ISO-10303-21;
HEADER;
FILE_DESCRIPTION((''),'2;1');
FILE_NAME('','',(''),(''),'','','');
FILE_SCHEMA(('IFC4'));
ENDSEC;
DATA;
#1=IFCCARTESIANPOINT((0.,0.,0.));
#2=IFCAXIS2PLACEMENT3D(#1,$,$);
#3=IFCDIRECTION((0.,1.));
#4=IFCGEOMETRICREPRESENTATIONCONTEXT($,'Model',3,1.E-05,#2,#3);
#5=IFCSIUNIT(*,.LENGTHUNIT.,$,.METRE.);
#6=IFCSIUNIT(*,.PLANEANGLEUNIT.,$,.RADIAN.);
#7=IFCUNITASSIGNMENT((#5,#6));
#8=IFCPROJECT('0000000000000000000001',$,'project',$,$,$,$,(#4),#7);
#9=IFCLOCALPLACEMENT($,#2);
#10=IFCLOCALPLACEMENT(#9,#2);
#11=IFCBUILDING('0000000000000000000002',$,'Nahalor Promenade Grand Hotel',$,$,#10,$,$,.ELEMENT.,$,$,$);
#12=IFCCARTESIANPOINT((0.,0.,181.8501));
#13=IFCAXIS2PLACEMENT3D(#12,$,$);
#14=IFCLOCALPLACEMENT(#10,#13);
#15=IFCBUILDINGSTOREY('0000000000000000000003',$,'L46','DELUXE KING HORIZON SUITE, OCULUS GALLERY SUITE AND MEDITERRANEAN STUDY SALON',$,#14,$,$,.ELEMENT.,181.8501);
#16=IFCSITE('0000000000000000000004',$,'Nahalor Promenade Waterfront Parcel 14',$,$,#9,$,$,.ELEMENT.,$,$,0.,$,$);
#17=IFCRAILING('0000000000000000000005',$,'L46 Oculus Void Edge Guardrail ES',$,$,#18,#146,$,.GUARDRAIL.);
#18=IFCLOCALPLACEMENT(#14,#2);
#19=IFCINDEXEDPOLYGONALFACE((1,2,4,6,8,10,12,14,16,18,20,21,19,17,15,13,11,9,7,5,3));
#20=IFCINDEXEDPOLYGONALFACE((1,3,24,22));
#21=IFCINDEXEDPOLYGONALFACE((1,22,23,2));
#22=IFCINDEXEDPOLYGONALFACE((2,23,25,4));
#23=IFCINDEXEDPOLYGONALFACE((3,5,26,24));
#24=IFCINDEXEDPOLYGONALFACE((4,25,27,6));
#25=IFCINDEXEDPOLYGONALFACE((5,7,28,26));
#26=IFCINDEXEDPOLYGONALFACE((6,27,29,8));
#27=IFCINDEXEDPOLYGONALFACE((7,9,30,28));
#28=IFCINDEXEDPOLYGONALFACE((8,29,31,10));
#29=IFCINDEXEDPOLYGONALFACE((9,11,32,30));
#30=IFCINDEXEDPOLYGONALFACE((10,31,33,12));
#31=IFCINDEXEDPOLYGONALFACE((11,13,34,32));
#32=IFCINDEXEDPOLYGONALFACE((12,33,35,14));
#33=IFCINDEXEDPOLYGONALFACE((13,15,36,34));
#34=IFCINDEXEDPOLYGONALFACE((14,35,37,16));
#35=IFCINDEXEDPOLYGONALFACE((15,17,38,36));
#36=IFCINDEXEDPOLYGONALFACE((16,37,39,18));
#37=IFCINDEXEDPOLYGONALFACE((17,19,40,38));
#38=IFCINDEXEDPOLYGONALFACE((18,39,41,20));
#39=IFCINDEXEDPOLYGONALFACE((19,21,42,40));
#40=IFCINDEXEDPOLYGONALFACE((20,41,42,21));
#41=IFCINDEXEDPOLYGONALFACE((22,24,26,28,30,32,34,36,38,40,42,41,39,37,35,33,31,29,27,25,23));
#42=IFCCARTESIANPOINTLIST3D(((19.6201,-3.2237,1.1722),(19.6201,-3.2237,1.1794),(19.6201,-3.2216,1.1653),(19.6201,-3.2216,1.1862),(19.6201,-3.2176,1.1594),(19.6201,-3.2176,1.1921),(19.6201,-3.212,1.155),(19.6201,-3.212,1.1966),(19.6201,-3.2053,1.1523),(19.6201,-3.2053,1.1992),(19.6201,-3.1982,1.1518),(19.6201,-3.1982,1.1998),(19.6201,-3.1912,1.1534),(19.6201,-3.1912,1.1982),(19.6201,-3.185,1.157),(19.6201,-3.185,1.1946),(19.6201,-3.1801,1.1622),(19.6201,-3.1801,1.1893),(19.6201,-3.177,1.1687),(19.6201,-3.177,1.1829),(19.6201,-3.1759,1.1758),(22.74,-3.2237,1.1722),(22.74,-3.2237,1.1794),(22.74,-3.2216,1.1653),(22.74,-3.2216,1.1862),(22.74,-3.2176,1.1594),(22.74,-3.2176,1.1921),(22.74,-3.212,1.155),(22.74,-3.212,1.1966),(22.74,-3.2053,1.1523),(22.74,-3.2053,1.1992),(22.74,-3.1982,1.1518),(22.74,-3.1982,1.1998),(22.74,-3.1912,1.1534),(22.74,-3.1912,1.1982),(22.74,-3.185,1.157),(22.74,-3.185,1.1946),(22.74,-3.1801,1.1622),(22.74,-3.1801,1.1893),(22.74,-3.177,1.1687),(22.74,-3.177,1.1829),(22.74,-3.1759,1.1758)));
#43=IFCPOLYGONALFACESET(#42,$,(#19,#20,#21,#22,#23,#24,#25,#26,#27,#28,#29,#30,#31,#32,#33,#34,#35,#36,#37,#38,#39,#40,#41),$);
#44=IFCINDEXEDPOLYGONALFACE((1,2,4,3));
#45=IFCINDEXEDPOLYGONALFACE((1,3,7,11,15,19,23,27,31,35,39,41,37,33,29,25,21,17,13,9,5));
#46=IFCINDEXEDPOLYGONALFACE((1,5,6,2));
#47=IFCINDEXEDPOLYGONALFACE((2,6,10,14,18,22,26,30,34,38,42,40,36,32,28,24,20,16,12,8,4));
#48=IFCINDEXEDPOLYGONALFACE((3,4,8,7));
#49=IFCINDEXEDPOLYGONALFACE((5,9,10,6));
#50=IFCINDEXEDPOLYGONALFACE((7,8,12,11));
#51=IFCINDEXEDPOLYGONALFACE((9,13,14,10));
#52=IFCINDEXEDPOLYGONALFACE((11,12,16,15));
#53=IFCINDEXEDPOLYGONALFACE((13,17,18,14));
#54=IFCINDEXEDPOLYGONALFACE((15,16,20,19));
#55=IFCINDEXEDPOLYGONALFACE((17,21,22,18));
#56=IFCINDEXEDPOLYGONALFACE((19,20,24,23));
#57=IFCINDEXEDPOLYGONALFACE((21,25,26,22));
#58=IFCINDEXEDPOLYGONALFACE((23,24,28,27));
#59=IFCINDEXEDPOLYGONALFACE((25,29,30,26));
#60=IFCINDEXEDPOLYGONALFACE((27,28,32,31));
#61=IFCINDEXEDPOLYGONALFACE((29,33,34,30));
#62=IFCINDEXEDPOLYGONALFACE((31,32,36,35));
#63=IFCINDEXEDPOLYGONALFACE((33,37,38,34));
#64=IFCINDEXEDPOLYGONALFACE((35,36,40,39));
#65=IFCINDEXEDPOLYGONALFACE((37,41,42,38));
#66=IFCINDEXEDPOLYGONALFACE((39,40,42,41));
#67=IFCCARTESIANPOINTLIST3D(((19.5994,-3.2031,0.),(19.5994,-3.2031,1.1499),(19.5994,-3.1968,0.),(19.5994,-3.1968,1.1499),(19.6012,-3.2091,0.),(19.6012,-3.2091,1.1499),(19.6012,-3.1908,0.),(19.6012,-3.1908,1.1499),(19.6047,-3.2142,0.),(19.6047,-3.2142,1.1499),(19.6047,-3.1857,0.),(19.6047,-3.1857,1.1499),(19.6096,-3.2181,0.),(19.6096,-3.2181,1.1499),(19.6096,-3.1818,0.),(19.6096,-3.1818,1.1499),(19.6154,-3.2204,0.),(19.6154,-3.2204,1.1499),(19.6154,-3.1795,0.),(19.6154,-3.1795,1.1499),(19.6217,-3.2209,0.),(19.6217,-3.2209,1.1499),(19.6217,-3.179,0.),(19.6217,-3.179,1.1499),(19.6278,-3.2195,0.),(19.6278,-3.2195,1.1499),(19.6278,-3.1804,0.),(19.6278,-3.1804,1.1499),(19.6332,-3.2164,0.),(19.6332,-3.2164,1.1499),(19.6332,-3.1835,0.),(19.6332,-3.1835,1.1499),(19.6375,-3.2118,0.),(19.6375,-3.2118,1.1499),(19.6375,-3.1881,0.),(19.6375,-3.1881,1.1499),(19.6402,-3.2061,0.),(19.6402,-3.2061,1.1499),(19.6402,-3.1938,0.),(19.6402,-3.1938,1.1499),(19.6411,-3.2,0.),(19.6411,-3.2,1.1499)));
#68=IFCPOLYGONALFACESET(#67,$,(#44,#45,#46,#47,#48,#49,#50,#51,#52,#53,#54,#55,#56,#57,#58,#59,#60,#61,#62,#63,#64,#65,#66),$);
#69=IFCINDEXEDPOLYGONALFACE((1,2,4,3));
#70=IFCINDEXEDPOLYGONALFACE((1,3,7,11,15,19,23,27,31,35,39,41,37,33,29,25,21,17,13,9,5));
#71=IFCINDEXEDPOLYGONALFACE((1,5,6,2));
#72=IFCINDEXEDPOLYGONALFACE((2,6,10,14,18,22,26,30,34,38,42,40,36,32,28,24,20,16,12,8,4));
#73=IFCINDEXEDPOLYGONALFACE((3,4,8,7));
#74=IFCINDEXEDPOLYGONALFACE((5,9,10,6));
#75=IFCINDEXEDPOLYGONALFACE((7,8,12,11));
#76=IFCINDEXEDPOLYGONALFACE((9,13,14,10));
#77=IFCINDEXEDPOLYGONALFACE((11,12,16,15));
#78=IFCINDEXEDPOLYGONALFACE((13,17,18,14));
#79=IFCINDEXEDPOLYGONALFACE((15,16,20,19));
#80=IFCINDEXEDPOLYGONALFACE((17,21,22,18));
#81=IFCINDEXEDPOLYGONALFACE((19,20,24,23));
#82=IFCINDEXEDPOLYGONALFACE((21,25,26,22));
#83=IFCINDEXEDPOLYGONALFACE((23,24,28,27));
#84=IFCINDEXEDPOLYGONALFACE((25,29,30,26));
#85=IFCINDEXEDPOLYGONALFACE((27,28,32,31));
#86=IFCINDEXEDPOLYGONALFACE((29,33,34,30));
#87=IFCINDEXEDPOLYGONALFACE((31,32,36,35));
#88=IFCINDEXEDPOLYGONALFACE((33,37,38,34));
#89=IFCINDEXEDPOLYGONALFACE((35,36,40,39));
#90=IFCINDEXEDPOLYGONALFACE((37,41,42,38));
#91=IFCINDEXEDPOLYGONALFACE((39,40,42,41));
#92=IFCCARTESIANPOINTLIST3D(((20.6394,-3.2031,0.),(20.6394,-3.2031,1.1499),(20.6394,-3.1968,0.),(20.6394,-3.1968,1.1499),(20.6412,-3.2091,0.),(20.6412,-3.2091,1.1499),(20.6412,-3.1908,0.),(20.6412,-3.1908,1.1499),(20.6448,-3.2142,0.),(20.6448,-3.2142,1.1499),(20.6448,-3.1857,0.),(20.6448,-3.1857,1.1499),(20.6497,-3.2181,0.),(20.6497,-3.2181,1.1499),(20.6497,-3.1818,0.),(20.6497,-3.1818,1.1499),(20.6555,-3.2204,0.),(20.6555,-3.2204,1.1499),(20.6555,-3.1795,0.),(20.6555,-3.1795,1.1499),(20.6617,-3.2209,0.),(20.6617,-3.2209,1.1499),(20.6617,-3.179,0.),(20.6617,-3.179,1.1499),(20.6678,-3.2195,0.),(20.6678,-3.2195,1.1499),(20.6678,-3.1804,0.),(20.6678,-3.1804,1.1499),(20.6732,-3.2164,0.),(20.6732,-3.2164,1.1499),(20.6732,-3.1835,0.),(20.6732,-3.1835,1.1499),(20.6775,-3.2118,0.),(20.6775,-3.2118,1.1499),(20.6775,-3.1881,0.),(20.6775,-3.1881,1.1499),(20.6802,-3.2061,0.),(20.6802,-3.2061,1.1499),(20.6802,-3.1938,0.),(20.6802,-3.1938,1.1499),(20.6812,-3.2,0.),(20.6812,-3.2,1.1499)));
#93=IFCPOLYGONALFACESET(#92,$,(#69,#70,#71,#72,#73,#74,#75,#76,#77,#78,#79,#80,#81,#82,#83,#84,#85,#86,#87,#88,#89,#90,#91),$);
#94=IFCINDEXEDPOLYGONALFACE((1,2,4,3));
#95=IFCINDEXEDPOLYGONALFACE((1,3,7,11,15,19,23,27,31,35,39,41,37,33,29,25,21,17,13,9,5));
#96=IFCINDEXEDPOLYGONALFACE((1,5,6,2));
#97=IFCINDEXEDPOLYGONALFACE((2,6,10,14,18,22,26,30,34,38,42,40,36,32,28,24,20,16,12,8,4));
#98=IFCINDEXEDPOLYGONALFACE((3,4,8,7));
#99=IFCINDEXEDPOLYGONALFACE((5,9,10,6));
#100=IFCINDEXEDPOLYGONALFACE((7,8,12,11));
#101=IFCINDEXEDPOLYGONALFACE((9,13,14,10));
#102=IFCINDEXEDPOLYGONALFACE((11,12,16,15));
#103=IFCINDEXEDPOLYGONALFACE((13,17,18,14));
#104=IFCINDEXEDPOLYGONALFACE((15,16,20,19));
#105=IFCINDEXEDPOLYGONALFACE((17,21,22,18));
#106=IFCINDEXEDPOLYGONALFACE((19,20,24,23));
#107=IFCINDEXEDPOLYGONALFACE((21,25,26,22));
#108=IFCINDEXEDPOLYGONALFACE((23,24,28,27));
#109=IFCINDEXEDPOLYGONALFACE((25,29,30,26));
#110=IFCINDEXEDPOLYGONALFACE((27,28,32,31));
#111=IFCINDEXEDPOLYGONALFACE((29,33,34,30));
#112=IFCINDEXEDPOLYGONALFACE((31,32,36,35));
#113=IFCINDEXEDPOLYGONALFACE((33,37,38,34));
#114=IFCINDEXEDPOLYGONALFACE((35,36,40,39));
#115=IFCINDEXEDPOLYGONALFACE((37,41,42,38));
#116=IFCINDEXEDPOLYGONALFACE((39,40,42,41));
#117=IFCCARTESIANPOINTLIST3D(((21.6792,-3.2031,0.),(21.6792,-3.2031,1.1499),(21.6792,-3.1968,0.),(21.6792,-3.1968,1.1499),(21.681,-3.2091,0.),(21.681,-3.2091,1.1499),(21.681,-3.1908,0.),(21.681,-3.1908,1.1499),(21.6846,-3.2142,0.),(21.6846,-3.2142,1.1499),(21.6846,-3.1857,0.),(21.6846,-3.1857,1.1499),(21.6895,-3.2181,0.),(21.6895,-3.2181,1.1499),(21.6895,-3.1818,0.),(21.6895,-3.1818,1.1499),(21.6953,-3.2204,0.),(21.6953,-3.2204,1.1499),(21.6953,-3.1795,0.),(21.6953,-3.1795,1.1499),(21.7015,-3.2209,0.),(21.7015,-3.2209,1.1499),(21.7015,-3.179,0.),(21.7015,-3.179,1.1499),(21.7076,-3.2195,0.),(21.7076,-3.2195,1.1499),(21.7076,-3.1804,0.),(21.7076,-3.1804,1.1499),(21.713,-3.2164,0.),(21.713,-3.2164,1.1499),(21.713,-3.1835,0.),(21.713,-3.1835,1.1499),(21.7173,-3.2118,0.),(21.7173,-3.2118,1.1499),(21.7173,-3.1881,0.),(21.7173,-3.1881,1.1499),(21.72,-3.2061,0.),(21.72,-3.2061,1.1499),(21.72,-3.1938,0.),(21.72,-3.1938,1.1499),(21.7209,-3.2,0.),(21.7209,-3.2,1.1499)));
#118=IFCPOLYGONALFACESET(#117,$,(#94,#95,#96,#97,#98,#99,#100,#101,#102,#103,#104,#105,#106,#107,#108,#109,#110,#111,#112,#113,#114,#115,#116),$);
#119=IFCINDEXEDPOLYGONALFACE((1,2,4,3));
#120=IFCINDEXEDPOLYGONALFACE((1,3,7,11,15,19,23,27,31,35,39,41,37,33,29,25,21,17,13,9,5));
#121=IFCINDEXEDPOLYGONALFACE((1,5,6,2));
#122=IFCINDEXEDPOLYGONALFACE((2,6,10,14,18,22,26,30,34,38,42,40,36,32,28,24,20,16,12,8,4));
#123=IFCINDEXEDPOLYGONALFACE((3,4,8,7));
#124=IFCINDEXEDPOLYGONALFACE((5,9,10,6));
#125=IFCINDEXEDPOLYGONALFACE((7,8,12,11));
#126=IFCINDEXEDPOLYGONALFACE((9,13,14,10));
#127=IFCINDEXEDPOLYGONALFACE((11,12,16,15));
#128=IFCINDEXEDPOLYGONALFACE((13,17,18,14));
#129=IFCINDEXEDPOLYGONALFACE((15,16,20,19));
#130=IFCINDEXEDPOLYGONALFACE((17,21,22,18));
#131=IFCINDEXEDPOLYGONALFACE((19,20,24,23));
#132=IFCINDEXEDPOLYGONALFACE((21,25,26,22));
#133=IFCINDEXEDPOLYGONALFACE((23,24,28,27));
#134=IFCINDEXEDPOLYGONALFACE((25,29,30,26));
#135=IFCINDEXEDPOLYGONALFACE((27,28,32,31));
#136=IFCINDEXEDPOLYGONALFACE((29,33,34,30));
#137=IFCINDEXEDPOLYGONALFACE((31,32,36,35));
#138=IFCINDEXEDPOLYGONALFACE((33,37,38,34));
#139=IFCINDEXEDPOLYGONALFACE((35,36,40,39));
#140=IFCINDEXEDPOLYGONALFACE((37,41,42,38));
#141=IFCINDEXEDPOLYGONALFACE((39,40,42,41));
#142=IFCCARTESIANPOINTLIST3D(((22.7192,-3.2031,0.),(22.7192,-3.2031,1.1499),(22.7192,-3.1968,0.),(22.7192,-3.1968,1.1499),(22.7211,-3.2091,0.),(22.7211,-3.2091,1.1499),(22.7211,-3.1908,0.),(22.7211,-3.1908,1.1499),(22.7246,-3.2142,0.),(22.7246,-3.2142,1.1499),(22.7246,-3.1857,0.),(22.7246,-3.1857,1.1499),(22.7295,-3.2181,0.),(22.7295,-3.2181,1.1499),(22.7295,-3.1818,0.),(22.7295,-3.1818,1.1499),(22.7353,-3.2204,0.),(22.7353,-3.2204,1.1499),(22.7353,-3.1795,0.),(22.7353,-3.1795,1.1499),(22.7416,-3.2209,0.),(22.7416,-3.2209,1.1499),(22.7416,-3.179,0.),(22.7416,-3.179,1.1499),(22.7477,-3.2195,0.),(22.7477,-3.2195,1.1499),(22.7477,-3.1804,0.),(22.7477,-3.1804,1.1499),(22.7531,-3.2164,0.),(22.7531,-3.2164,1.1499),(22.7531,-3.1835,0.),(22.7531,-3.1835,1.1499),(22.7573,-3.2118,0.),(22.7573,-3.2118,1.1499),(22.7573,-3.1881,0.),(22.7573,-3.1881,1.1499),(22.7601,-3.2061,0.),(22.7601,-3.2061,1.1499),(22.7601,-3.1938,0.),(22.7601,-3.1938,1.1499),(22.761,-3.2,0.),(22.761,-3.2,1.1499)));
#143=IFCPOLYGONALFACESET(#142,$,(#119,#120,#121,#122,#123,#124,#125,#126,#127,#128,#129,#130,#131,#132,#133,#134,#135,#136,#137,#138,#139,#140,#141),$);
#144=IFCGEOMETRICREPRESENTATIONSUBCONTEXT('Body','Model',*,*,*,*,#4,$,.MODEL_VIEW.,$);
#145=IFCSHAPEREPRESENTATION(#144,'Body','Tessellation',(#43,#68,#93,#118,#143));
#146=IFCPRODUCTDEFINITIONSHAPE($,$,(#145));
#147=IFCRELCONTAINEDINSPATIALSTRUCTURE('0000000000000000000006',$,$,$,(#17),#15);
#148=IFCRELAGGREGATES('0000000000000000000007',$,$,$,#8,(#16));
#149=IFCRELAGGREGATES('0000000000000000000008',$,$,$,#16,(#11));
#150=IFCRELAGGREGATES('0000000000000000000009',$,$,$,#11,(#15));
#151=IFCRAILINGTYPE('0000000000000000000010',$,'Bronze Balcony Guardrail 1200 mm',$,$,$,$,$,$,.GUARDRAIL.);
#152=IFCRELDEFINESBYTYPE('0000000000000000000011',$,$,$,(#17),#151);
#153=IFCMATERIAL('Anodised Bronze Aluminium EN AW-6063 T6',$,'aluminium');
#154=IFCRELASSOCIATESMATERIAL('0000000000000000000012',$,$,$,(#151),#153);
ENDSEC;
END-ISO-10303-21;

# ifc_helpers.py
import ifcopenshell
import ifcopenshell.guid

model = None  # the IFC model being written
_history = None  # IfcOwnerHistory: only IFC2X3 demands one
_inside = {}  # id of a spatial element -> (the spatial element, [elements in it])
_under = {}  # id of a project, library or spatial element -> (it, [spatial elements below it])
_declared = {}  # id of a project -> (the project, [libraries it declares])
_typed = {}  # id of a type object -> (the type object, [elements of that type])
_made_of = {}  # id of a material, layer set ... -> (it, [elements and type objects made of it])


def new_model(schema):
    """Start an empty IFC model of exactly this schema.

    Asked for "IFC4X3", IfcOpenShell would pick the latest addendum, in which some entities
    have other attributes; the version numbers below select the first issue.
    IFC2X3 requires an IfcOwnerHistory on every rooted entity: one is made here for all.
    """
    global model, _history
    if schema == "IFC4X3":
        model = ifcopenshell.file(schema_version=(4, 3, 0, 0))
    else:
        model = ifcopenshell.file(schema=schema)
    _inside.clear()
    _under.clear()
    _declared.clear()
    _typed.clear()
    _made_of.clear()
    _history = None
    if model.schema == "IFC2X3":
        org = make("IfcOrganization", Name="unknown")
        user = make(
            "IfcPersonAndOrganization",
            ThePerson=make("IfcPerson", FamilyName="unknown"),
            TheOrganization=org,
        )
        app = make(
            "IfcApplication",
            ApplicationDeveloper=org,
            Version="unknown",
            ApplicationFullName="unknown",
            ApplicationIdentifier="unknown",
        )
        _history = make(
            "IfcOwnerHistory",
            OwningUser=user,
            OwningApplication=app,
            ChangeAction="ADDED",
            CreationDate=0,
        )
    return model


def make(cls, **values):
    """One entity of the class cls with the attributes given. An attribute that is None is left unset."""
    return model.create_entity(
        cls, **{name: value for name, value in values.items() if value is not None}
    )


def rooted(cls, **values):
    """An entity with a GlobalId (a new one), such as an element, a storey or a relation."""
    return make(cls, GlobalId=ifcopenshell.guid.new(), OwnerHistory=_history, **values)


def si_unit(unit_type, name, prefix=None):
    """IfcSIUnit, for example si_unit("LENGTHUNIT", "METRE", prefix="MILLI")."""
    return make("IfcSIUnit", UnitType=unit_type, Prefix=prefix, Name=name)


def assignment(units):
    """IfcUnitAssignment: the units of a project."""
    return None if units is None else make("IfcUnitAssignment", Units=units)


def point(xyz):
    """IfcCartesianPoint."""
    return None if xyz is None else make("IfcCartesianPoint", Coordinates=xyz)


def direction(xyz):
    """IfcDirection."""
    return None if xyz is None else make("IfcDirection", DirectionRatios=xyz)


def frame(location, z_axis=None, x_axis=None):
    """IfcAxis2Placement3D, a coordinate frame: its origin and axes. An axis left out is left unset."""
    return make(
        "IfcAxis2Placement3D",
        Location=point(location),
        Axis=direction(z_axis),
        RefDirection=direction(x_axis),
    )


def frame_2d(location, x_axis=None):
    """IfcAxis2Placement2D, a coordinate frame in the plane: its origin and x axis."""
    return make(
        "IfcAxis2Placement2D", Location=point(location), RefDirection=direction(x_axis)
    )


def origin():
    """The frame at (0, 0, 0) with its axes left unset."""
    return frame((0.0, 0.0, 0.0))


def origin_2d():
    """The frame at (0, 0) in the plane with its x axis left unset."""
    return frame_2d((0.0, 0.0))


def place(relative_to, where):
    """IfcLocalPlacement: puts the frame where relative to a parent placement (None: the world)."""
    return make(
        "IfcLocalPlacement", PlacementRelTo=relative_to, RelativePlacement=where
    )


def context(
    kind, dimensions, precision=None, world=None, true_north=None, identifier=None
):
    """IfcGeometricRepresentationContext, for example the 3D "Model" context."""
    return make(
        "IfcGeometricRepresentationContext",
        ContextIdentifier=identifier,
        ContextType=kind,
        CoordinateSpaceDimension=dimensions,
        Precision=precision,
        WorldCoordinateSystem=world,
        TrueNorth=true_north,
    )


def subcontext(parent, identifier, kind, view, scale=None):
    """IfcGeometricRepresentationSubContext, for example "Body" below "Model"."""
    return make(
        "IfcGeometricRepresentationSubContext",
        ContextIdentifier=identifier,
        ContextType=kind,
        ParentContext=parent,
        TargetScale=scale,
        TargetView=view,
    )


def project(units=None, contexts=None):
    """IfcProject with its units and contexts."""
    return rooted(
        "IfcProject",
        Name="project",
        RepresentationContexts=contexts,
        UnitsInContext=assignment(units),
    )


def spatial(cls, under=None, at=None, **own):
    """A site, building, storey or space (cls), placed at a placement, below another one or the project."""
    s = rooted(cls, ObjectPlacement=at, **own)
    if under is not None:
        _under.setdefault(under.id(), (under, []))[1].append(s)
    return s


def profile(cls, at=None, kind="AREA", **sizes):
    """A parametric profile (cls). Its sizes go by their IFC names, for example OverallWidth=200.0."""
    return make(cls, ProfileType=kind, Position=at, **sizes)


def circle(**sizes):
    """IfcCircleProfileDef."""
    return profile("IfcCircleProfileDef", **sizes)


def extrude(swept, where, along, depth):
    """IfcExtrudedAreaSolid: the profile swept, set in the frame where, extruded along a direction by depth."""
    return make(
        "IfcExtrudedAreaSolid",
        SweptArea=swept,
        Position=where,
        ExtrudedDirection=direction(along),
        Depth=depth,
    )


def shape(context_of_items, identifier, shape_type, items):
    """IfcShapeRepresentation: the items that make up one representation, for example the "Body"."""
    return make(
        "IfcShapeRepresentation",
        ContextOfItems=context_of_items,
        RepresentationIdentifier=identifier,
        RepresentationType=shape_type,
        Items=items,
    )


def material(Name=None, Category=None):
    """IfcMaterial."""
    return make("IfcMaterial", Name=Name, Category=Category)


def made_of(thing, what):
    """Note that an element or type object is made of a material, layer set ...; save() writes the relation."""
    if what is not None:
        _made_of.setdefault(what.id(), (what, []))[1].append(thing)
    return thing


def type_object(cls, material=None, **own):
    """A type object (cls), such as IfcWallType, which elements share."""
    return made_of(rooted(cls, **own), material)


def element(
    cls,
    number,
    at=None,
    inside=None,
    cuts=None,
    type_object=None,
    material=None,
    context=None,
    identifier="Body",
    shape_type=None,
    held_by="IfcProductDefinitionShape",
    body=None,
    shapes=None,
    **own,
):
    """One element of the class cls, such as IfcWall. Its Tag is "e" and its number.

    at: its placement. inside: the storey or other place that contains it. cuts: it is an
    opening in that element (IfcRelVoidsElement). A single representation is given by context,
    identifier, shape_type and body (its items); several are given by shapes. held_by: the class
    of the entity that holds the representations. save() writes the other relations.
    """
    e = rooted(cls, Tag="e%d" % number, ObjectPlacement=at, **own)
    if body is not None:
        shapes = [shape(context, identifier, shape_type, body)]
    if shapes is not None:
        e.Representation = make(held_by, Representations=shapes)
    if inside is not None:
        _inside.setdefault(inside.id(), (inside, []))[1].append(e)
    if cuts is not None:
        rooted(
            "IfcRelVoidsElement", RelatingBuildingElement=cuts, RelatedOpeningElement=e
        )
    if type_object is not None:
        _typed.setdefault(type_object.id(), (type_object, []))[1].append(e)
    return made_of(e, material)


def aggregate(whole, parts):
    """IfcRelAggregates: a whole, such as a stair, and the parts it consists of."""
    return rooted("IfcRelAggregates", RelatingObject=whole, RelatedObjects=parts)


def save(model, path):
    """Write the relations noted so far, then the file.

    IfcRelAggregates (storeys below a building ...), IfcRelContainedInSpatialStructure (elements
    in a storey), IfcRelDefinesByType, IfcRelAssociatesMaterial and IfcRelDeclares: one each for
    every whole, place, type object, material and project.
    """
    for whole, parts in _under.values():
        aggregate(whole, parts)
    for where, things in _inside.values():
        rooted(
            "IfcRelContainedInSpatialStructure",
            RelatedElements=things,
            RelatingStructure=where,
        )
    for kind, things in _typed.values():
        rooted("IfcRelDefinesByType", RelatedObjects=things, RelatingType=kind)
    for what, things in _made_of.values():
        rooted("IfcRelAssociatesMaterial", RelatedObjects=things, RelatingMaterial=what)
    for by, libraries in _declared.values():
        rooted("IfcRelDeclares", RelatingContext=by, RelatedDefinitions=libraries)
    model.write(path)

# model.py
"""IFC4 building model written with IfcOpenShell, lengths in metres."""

from ifc_helpers import new_model, si_unit, direction, frame, origin, origin_2d, place, context, subcontext, project, spatial, circle, extrude, material, type_object, element, save


model = new_model("IFC4")

# Units and contexts
model_context = context("Model", 3, precision=1e-05, world=origin(), true_north=direction((0.0, 1.0)))
body_context = subcontext(model_context, "Body", "Model", "MODEL_VIEW")
ifc_project = project(units=[si_unit("LENGTHUNIT", "METRE"), si_unit("PLANEANGLEUNIT", "RADIAN")], contexts=[model_context])

# Site, building, storey
site_placement = place(None, origin())
site = spatial("IfcSite", under=ifc_project, at=site_placement, Name="Nahalor Promenade Waterfront Parcel 14", CompositionType="ELEMENT", RefElevation=0.0)
building_placement = place(site_placement, origin())
building = spatial("IfcBuilding", under=site, at=building_placement, Name="Nahalor Promenade Grand Hotel", CompositionType="ELEMENT")
storey_placement = place(building_placement, frame((0.0, 0.0, 181.8501)))
storey = spatial("IfcBuildingStorey", under=building, at=storey_placement, Name="L46", Description="DELUXE KING HORIZON SUITE, OCULUS GALLERY SUITE AND MEDITERRANEAN STUDY SALON", CompositionType="ELEMENT", Elevation=181.8501)

# Shared definitions
ifc_material_1 = material(Name="Anodised Bronze Aluminium EN AW-6063 T6", Category="aluminium")

# Railing
railing_type = type_object("IfcRailingType", Name="Bronze Balcony Guardrail 1200 mm", PredefinedType="GUARDRAIL", material=ifc_material_1)
for number, where, name in (
    (1, (19.6201, -3.2, 0.0), "L46 Oculus Void Edge Guardrail ES"),
):
    element("IfcRailing", number, at=place(storey_placement, frame(where)), inside=storey, type_object=railing_type, Name=name, PredefinedType="GUARDRAIL", context=body_context, shape_type="SweptSolid", body=[
        extrude(circle(Radius=0.024, at=origin_2d()), frame((0.0, 0.0, 1.1758), z_axis=(1.0, 0.0, 0.0), x_axis=(0.0, 1.0, 0.0)), (0.0, 0.0, 1.0), 3.1199),
        extrude(circle(Radius=0.021, at=origin_2d()), origin(), (0.0, 0.0, 1.0), 1.1499),
        extrude(circle(Radius=0.021, at=origin_2d()), frame((1.04, 0.0, 0.0)), (0.0, 0.0, 1.0), 1.1499),
        extrude(circle(Radius=0.021, at=origin_2d()), frame((2.0798, 0.0, 0.0)), (0.0, 0.0, 1.0), 1.1499),
        extrude(circle(Radius=0.021, at=origin_2d()), frame((3.1199, 0.0, 0.0)), (0.0, 0.0, 1.0), 1.1499),
    ])

save(model, "model.ifc")
